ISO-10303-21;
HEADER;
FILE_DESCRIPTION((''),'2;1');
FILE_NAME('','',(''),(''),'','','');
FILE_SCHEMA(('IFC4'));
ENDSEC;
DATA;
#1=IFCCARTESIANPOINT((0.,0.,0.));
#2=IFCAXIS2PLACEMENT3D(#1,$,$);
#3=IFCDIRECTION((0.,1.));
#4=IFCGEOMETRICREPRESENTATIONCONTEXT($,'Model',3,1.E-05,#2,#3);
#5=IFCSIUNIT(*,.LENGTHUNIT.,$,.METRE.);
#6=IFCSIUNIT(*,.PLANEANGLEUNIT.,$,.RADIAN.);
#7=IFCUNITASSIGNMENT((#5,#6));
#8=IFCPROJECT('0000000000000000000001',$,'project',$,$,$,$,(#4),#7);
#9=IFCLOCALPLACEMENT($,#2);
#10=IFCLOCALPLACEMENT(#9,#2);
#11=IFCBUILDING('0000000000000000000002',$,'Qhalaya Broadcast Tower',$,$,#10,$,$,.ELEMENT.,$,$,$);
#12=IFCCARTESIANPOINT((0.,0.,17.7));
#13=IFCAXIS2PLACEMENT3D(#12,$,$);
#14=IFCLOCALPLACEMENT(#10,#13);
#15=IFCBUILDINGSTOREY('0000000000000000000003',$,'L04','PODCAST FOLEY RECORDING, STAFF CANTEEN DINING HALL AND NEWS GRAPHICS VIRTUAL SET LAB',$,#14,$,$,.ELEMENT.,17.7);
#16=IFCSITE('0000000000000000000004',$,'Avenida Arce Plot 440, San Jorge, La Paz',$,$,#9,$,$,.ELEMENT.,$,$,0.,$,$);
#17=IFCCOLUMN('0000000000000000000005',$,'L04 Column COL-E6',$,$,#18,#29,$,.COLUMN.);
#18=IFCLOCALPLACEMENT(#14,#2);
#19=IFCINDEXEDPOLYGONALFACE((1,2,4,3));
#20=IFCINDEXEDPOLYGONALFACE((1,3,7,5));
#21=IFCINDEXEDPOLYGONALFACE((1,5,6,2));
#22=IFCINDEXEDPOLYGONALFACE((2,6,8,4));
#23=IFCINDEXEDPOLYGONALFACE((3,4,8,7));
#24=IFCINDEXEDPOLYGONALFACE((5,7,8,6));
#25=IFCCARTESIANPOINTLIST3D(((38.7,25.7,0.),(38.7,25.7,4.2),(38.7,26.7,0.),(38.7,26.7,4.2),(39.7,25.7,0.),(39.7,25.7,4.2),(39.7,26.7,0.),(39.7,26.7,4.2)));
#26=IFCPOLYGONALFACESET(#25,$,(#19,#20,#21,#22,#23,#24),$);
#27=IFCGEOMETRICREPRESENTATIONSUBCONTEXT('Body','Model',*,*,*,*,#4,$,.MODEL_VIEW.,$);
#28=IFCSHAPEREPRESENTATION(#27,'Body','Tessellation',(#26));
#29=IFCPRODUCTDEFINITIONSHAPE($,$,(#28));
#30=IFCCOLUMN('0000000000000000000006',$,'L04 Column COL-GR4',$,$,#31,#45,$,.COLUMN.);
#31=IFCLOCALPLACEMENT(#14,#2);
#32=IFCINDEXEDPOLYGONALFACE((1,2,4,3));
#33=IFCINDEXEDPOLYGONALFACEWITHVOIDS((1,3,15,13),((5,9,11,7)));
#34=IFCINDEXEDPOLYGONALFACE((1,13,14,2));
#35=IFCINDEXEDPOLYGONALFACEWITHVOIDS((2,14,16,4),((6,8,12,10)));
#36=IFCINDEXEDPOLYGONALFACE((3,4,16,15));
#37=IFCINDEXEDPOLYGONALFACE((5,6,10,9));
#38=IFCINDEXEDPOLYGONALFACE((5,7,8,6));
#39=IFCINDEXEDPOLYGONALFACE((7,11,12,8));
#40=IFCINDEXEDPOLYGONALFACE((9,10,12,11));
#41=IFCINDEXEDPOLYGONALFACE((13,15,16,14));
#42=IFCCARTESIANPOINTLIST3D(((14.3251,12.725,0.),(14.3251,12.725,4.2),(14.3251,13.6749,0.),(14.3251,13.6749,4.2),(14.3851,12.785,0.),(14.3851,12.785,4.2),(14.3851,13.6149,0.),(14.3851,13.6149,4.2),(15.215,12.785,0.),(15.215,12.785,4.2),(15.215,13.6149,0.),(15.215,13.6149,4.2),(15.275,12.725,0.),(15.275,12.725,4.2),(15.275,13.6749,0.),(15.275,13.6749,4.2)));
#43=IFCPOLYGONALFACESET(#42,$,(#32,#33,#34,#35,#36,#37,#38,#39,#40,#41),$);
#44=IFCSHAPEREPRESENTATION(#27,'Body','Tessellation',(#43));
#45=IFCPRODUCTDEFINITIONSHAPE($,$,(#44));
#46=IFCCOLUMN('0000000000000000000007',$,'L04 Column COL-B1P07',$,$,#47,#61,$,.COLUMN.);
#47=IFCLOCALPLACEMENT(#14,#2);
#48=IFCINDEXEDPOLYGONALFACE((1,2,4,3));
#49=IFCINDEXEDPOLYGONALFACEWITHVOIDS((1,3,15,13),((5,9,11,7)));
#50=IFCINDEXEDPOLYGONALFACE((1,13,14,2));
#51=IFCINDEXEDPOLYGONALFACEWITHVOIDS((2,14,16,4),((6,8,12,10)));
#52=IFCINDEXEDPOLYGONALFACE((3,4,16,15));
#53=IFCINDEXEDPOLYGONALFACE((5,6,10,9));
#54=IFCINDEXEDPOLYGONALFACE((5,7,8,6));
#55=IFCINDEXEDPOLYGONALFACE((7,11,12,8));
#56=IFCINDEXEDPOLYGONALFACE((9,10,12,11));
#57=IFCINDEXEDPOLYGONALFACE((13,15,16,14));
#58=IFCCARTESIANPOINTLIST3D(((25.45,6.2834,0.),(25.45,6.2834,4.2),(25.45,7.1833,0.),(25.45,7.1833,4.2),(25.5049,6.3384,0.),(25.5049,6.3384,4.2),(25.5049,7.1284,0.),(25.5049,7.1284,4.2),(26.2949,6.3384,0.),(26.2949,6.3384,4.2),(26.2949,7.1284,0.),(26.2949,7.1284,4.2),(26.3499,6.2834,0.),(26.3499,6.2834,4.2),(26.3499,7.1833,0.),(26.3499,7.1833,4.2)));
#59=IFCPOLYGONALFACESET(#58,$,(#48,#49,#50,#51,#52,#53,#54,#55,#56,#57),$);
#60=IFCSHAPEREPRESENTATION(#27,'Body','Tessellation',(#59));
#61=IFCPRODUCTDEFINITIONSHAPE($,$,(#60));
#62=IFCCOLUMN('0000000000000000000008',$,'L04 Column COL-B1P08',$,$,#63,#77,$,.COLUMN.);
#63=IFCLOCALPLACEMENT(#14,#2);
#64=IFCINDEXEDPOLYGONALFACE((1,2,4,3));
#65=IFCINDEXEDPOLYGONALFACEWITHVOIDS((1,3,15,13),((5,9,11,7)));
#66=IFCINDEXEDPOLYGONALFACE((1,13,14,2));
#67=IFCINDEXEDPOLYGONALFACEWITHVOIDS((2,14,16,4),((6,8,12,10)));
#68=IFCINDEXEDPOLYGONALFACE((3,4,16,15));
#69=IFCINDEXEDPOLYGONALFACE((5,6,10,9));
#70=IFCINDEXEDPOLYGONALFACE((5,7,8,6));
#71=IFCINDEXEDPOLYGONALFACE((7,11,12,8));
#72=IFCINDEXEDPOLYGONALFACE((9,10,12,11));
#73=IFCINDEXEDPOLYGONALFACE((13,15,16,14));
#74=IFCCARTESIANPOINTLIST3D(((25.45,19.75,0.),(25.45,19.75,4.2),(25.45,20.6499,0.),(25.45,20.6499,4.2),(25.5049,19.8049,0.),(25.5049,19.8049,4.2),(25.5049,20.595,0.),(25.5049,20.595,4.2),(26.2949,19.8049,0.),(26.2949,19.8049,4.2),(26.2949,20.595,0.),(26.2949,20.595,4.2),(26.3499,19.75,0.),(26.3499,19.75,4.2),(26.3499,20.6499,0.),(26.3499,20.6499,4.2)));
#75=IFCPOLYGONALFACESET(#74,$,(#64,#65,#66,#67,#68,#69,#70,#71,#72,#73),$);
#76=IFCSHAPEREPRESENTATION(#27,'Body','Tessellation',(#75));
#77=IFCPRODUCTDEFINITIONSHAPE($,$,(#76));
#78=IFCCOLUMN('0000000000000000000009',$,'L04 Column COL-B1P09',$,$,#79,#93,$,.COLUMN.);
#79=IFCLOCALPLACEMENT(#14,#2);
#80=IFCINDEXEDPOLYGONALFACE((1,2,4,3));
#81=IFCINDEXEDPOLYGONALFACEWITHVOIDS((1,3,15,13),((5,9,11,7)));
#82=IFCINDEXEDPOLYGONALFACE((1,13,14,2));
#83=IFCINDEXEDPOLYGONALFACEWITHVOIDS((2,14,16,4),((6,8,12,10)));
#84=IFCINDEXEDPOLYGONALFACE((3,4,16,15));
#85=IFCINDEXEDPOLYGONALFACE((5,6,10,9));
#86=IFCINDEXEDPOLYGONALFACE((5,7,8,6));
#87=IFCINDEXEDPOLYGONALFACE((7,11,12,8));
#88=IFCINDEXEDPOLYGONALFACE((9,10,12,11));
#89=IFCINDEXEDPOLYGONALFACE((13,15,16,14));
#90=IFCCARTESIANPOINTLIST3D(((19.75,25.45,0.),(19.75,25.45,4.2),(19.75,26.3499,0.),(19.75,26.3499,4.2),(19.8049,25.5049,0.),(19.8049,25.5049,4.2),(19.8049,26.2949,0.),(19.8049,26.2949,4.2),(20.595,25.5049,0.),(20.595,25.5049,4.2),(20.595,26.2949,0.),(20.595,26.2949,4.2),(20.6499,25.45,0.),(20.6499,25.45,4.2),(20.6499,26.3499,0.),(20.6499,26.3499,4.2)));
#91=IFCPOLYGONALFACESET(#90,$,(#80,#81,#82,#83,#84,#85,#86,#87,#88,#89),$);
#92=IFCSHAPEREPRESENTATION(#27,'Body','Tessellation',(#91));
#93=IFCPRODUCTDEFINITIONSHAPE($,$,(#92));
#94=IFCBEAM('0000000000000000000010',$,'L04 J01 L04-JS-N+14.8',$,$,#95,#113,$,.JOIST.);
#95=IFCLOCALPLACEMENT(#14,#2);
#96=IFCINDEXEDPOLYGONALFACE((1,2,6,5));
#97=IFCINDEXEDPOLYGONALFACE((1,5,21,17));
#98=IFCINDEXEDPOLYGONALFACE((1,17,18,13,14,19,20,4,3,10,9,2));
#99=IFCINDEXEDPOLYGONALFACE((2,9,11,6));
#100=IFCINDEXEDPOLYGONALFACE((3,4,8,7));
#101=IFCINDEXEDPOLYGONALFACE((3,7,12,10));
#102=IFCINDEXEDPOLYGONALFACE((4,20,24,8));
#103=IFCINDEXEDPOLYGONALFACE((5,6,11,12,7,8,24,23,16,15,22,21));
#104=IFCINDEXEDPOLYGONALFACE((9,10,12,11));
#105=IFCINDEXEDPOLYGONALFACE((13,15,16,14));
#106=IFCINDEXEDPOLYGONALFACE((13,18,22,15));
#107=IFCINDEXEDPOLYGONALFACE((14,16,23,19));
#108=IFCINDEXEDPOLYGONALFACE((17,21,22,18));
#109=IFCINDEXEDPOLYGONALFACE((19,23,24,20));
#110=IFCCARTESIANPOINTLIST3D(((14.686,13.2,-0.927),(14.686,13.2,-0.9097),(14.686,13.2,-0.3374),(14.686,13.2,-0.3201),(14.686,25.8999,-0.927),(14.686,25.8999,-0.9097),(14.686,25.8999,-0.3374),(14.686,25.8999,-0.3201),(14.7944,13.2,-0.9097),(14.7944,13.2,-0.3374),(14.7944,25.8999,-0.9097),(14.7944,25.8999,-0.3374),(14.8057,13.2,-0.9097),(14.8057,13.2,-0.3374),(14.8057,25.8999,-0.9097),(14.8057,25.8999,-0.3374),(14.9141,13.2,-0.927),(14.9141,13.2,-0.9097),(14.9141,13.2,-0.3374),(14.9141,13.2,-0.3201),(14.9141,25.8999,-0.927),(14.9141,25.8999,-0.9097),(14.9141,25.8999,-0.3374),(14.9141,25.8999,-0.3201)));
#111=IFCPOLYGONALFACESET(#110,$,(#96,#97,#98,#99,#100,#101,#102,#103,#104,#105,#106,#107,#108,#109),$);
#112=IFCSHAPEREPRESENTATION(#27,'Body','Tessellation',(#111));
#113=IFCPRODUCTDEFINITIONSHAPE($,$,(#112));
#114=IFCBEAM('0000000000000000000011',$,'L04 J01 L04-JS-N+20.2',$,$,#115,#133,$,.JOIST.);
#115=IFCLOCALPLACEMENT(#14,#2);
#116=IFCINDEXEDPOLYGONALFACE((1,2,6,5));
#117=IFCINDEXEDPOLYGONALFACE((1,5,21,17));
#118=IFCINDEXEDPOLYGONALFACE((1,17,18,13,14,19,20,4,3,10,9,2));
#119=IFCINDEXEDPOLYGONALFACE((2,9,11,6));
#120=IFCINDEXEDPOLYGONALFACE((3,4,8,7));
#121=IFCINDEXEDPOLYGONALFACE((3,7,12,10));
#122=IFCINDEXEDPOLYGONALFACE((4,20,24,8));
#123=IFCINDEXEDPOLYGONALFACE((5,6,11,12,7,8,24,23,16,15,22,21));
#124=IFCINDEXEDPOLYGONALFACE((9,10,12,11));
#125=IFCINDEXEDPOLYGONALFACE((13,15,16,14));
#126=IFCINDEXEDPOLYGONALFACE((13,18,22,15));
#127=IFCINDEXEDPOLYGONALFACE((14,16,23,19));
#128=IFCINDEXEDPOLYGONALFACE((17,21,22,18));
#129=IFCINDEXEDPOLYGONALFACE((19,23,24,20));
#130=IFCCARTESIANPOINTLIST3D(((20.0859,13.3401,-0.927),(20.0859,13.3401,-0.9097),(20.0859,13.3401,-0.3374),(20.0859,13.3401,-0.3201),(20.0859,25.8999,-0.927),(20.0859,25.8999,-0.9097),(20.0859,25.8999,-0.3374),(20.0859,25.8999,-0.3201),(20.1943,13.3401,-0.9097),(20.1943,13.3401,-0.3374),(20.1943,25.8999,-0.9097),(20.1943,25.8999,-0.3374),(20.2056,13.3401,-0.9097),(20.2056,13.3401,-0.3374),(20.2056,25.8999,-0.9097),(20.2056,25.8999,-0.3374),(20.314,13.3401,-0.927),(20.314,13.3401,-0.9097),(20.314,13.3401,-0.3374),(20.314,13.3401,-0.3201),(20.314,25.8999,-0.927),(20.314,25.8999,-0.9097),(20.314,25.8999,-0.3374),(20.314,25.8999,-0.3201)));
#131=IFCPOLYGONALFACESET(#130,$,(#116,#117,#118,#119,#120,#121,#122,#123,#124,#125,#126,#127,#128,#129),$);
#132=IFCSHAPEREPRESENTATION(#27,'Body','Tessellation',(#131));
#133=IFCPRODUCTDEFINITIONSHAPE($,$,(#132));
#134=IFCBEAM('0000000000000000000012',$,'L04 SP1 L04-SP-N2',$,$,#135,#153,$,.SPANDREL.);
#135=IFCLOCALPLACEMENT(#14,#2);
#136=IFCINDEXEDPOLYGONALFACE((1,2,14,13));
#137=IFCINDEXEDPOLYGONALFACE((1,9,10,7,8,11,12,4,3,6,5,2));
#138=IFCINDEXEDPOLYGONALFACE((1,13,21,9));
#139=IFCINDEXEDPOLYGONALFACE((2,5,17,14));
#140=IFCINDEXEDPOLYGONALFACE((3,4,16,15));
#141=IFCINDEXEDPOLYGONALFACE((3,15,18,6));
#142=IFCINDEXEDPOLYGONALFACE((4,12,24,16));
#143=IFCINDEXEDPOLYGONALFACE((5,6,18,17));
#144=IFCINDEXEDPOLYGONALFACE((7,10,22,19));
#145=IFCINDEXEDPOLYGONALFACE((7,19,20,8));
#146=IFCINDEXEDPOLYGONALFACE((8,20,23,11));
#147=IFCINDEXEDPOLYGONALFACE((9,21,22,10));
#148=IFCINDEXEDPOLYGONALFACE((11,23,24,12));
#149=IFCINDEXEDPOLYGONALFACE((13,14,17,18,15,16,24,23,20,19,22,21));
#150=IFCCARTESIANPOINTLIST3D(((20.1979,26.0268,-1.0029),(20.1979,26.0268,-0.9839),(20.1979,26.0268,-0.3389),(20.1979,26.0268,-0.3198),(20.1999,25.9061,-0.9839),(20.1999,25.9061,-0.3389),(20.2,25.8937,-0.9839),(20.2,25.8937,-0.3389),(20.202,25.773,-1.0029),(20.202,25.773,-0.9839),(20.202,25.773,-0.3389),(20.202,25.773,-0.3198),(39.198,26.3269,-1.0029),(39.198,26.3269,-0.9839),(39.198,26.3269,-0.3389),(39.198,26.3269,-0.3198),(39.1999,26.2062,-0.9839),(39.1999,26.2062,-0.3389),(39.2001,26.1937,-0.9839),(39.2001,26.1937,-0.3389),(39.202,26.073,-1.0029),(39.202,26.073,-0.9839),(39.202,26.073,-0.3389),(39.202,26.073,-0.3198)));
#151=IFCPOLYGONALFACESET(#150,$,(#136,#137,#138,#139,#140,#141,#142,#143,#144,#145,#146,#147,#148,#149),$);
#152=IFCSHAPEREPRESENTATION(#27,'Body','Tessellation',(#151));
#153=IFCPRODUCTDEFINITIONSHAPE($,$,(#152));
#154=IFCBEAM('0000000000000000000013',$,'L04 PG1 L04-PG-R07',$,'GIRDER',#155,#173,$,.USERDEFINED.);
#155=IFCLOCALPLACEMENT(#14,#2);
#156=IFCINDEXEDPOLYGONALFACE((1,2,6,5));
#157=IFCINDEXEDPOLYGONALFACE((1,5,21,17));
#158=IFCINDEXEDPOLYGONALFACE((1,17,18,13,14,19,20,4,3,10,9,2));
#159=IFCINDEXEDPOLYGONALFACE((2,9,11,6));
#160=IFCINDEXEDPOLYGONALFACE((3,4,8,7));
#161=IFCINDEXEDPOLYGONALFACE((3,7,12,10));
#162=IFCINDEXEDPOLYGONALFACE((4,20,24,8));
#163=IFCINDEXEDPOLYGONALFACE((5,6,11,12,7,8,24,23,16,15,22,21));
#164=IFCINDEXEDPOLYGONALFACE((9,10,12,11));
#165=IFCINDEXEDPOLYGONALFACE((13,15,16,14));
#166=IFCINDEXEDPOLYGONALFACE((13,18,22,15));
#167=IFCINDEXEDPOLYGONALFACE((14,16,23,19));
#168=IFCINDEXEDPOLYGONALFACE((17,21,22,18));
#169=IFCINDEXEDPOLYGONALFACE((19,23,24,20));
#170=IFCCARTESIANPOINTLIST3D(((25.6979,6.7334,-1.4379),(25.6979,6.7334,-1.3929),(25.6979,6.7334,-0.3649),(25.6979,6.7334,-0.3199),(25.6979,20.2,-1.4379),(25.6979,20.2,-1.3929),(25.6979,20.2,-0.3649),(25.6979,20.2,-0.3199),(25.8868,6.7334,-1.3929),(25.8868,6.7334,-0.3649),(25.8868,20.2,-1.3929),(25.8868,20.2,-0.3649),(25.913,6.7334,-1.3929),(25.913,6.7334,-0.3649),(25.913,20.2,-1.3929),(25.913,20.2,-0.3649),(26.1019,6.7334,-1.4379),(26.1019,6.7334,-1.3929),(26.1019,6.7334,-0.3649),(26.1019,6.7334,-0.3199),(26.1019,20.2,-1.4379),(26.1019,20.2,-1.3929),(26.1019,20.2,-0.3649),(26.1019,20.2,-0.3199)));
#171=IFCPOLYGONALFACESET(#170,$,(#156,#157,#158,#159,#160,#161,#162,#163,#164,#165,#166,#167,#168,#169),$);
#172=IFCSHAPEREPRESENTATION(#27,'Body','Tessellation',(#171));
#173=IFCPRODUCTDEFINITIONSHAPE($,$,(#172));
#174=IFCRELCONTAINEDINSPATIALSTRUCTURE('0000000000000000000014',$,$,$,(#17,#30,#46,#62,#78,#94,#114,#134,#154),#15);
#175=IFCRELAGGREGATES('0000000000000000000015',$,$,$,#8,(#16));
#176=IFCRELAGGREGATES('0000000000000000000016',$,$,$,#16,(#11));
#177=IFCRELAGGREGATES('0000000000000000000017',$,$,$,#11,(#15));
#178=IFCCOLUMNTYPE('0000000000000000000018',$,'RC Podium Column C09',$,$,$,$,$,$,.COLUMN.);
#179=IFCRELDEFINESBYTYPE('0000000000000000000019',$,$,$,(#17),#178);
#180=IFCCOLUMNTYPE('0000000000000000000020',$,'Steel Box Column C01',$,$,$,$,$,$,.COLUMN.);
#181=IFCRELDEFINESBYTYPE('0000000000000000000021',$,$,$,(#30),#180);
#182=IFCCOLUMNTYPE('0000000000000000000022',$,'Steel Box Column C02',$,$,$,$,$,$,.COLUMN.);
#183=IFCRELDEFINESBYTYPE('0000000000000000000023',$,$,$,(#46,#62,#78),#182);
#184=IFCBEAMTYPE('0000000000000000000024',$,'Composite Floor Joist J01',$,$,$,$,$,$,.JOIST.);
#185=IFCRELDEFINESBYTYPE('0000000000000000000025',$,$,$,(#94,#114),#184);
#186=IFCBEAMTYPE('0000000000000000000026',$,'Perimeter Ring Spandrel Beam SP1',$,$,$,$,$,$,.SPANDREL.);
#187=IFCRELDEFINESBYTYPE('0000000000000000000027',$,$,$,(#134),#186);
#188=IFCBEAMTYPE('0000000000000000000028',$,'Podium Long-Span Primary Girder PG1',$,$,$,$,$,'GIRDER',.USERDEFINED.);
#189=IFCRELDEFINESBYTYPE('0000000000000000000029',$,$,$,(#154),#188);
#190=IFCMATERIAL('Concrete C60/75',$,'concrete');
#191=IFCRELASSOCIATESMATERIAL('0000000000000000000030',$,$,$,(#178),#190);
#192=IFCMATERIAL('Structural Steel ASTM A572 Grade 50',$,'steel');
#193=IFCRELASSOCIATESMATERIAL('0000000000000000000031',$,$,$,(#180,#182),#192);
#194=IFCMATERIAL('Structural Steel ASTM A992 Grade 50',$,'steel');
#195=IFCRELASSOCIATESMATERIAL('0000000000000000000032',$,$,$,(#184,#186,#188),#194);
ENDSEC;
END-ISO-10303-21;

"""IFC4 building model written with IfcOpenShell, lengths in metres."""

from ifc_helpers import new_model, si_unit, direction, frame, origin, origin_2d, place, context, subcontext, project, spatial, rectangle, hollow_rectangle, i_section, extrude, material, material_profile, profile_set, type_object, element, save


model = new_model("IFC4")

# Units and contexts
model_context = context("Model", 3, precision=1e-05, world=origin(), true_north=direction((0.0, 1.0)))
body_context = subcontext(model_context, "Body", "Model", "MODEL_VIEW")
ifc_project = project(units=[si_unit("LENGTHUNIT", "METRE"), si_unit("PLANEANGLEUNIT", "RADIAN")], contexts=[model_context])

# Site, building, storey
site_placement = place(None, origin())
site = spatial("IfcSite", under=ifc_project, at=site_placement, Name="Avenida Arce Plot 440, San Jorge, La Paz", CompositionType="ELEMENT", RefElevation=0.0)
building_placement = place(site_placement, origin())
building = spatial("IfcBuilding", under=site, at=building_placement, Name="Qhalaya Broadcast Tower", CompositionType="ELEMENT")
storey_placement = place(building_placement, frame((0.0, 0.0, 17.7)))
storey = spatial("IfcBuildingStorey", under=building, at=storey_placement, Name="L04", Description="PODCAST FOLEY RECORDING, STAFF CANTEEN DINING HALL AND NEWS GRAPHICS VIRTUAL SET LAB", CompositionType="ELEMENT", Elevation=17.7)

# Columns
ifc_material_1 = material(Name="Concrete C60/75", Category="concrete")
ifc_material_profile_1 = material_profile(ifc_material_1, rectangle(XDim=1.0, YDim=1.0, at=origin_2d()), Name="RC-COL 1000x1000")
ifc_profile_set_1 = profile_set([ifc_material_profile_1], Name="Concrete C60/75")
column_type_1 = type_object("IfcColumnType", Name="RC Podium Column C09", PredefinedType="COLUMN", material=ifc_profile_set_1)
column_1_placement = place(storey_placement, frame((39.2, 26.2, 0.0), z_axis=(0.0, 0.0, 1.0), x_axis=(1.0, 0.0, 0.0)))
element("IfcColumn", 1, at=column_1_placement, inside=storey, type_object=column_type_1, Name="L04 Column COL-E6", PredefinedType="COLUMN", context=body_context, shape_type="SweptSolid", body=[
    extrude(rectangle(XDim=1.0, YDim=1.0, at=origin_2d()), origin(), (0.0, 0.0, 1.0), 4.2),
])
ifc_material_2 = material(Name="Structural Steel ASTM A572 Grade 50", Category="steel")
ifc_material_profile_2 = material_profile(ifc_material_2, hollow_rectangle(XDim=0.95, YDim=0.95, WallThickness=0.0601, at=origin_2d()), Name="BOX 950x950x60")
ifc_profile_set_2 = profile_set([ifc_material_profile_2], Name="Structural Steel ASTM A572 Grade 50")
column_type_2 = type_object("IfcColumnType", Name="Steel Box Column C01", PredefinedType="COLUMN", material=ifc_profile_set_2)
column_2_placement = place(storey_placement, frame((14.8, 13.2, 0.0), z_axis=(0.0, 0.0, 1.0), x_axis=(1.0, 0.0, 0.0)))
element("IfcColumn", 2, at=column_2_placement, inside=storey, type_object=column_type_2, Name="L04 Column COL-GR4", PredefinedType="COLUMN", context=body_context, shape_type="SweptSolid", body=[
    extrude(hollow_rectangle(XDim=0.95, YDim=0.95, WallThickness=0.0601, at=origin_2d()), origin(), (0.0, 0.0, 1.0), 4.2),
])
ifc_material_profile_3 = material_profile(ifc_material_2, hollow_rectangle(XDim=0.8999, YDim=0.8999, WallThickness=0.0549, at=origin_2d()), Name="BOX 900x900x55")
ifc_profile_set_3 = profile_set([ifc_material_profile_3], Name="Structural Steel ASTM A572 Grade 50")
column_type_3 = type_object("IfcColumnType", Name="Steel Box Column C02", PredefinedType="COLUMN", material=ifc_profile_set_3)
for number, where, z_axis, x_axis, name in (
    (3, (25.8999, 6.7334, 0.0), (0.0, 0.0, 1.0), (0.0, 1.0, 0.0), "L04 Column COL-B1P07"),
    (4, (25.8999, 20.2, 0.0), (0.0, 0.0, 1.0), (0.0, 1.0, 0.0), "L04 Column COL-B1P08"),
    (5, (20.2, 25.8999, 0.0), (0.0, 0.0, 1.0), (1.0, 0.0, 0.0), "L04 Column COL-B1P09"),
):
    element("IfcColumn", number, at=place(storey_placement, frame(where, z_axis=z_axis, x_axis=x_axis)), inside=storey, type_object=column_type_3, Name=name, PredefinedType="COLUMN", context=body_context, shape_type="SweptSolid", body=[
        extrude(hollow_rectangle(XDim=0.8999, YDim=0.8999, WallThickness=0.0549, at=origin_2d()), origin(), (0.0, 0.0, 1.0), 4.2),
    ])

# Beams
ifc_material_3 = material(Name="Structural Steel ASTM A992 Grade 50", Category="steel")
ifc_material_profile_4 = material_profile(ifc_material_3, i_section(OverallWidth=0.228, OverallDepth=0.6069, WebThickness=0.0112, FlangeThickness=0.0173, at=origin_2d()), Name="W24X76")
ifc_profile_set_4 = profile_set([ifc_material_profile_4], Name="Structural Steel ASTM A992 Grade 50")
beam_type_1 = type_object("IfcBeamType", Name="Composite Floor Joist J01", PredefinedType="JOIST", material=ifc_profile_set_4)
beam_1_placement = place(storey_placement, frame((14.8, 13.2, -0.6235), z_axis=(0.0, 1.0, 0.0), x_axis=(-1.0, 0.0, 0.0)))
element("IfcBeam", 6, at=beam_1_placement, inside=storey, type_object=beam_type_1, Name="L04 J01 L04-JS-N+14.8", PredefinedType="JOIST", context=body_context, shape_type="SweptSolid", body=[
    extrude(i_section(OverallWidth=0.228, OverallDepth=0.6069, WebThickness=0.0112, FlangeThickness=0.0173, at=origin_2d()), origin(), (0.0, 0.0, 1.0), 12.7),
])
beam_2_placement = place(storey_placement, frame((20.2, 13.3401, -0.6235), z_axis=(0.0, 1.0, 0.0), x_axis=(-1.0, 0.0, 0.0)))
element("IfcBeam", 7, at=beam_2_placement, inside=storey, type_object=beam_type_1, Name="L04 J01 L04-JS-N+20.2", PredefinedType="JOIST", context=body_context, shape_type="SweptSolid", body=[
    extrude(i_section(OverallWidth=0.228, OverallDepth=0.6069, WebThickness=0.0112, FlangeThickness=0.0173, at=origin_2d()), origin(), (0.0, 0.0, 1.0), 12.5598),
])
ifc_material_profile_5 = material_profile(ifc_material_3, i_section(OverallWidth=0.2539, OverallDepth=0.6831, WebThickness=0.0125, FlangeThickness=0.019, at=origin_2d()), Name="W27X94")
ifc_profile_set_5 = profile_set([ifc_material_profile_5], Name="Structural Steel ASTM A992 Grade 50")
beam_type_2 = type_object("IfcBeamType", Name="Perimeter Ring Spandrel Beam SP1", PredefinedType="SPANDREL", material=ifc_profile_set_5)
beam_3_placement = place(storey_placement, frame((20.2, 25.8999, -0.6614), z_axis=(0.999875, 0.01579, 0.0), x_axis=(-0.01579, 0.999875, 0.0)))
element("IfcBeam", 8, at=beam_3_placement, inside=storey, type_object=beam_type_2, Name="L04 SP1 L04-SP-N2", PredefinedType="SPANDREL", context=body_context, shape_type="SweptSolid", body=[
    extrude(i_section(OverallWidth=0.2539, OverallDepth=0.6831, WebThickness=0.0125, FlangeThickness=0.019, at=origin_2d()), origin(), (0.0, 0.0, 1.0), 19.0024),
])
ifc_material_profile_6 = material_profile(ifc_material_3, i_section(OverallWidth=0.4041, OverallDepth=1.1179, WebThickness=0.0261, FlangeThickness=0.0449, at=origin_2d()), Name="W44X335")
ifc_profile_set_6 = profile_set([ifc_material_profile_6], Name="Structural Steel ASTM A992 Grade 50")
beam_type_3 = type_object("IfcBeamType", Name="Podium Long-Span Primary Girder PG1", ElementType="GIRDER", PredefinedType="USERDEFINED", material=ifc_profile_set_6)
beam_4_placement = place(storey_placement, frame((25.8999, 6.7334, -0.8789), z_axis=(0.0, 1.0, 0.0), x_axis=(-1.0, 0.0, 0.0)))
element("IfcBeam", 9, at=beam_4_placement, inside=storey, type_object=beam_type_3, Name="L04 PG1 L04-PG-R07", ObjectType="GIRDER", PredefinedType="USERDEFINED", context=body_context, shape_type="SweptSolid", body=[
    extrude(i_section(OverallWidth=0.4041, OverallDepth=1.1179, WebThickness=0.0261, FlangeThickness=0.0449, at=origin_2d()), origin(), (0.0, 0.0, 1.0), 13.4666),
])

save(model, "model.ifc")
